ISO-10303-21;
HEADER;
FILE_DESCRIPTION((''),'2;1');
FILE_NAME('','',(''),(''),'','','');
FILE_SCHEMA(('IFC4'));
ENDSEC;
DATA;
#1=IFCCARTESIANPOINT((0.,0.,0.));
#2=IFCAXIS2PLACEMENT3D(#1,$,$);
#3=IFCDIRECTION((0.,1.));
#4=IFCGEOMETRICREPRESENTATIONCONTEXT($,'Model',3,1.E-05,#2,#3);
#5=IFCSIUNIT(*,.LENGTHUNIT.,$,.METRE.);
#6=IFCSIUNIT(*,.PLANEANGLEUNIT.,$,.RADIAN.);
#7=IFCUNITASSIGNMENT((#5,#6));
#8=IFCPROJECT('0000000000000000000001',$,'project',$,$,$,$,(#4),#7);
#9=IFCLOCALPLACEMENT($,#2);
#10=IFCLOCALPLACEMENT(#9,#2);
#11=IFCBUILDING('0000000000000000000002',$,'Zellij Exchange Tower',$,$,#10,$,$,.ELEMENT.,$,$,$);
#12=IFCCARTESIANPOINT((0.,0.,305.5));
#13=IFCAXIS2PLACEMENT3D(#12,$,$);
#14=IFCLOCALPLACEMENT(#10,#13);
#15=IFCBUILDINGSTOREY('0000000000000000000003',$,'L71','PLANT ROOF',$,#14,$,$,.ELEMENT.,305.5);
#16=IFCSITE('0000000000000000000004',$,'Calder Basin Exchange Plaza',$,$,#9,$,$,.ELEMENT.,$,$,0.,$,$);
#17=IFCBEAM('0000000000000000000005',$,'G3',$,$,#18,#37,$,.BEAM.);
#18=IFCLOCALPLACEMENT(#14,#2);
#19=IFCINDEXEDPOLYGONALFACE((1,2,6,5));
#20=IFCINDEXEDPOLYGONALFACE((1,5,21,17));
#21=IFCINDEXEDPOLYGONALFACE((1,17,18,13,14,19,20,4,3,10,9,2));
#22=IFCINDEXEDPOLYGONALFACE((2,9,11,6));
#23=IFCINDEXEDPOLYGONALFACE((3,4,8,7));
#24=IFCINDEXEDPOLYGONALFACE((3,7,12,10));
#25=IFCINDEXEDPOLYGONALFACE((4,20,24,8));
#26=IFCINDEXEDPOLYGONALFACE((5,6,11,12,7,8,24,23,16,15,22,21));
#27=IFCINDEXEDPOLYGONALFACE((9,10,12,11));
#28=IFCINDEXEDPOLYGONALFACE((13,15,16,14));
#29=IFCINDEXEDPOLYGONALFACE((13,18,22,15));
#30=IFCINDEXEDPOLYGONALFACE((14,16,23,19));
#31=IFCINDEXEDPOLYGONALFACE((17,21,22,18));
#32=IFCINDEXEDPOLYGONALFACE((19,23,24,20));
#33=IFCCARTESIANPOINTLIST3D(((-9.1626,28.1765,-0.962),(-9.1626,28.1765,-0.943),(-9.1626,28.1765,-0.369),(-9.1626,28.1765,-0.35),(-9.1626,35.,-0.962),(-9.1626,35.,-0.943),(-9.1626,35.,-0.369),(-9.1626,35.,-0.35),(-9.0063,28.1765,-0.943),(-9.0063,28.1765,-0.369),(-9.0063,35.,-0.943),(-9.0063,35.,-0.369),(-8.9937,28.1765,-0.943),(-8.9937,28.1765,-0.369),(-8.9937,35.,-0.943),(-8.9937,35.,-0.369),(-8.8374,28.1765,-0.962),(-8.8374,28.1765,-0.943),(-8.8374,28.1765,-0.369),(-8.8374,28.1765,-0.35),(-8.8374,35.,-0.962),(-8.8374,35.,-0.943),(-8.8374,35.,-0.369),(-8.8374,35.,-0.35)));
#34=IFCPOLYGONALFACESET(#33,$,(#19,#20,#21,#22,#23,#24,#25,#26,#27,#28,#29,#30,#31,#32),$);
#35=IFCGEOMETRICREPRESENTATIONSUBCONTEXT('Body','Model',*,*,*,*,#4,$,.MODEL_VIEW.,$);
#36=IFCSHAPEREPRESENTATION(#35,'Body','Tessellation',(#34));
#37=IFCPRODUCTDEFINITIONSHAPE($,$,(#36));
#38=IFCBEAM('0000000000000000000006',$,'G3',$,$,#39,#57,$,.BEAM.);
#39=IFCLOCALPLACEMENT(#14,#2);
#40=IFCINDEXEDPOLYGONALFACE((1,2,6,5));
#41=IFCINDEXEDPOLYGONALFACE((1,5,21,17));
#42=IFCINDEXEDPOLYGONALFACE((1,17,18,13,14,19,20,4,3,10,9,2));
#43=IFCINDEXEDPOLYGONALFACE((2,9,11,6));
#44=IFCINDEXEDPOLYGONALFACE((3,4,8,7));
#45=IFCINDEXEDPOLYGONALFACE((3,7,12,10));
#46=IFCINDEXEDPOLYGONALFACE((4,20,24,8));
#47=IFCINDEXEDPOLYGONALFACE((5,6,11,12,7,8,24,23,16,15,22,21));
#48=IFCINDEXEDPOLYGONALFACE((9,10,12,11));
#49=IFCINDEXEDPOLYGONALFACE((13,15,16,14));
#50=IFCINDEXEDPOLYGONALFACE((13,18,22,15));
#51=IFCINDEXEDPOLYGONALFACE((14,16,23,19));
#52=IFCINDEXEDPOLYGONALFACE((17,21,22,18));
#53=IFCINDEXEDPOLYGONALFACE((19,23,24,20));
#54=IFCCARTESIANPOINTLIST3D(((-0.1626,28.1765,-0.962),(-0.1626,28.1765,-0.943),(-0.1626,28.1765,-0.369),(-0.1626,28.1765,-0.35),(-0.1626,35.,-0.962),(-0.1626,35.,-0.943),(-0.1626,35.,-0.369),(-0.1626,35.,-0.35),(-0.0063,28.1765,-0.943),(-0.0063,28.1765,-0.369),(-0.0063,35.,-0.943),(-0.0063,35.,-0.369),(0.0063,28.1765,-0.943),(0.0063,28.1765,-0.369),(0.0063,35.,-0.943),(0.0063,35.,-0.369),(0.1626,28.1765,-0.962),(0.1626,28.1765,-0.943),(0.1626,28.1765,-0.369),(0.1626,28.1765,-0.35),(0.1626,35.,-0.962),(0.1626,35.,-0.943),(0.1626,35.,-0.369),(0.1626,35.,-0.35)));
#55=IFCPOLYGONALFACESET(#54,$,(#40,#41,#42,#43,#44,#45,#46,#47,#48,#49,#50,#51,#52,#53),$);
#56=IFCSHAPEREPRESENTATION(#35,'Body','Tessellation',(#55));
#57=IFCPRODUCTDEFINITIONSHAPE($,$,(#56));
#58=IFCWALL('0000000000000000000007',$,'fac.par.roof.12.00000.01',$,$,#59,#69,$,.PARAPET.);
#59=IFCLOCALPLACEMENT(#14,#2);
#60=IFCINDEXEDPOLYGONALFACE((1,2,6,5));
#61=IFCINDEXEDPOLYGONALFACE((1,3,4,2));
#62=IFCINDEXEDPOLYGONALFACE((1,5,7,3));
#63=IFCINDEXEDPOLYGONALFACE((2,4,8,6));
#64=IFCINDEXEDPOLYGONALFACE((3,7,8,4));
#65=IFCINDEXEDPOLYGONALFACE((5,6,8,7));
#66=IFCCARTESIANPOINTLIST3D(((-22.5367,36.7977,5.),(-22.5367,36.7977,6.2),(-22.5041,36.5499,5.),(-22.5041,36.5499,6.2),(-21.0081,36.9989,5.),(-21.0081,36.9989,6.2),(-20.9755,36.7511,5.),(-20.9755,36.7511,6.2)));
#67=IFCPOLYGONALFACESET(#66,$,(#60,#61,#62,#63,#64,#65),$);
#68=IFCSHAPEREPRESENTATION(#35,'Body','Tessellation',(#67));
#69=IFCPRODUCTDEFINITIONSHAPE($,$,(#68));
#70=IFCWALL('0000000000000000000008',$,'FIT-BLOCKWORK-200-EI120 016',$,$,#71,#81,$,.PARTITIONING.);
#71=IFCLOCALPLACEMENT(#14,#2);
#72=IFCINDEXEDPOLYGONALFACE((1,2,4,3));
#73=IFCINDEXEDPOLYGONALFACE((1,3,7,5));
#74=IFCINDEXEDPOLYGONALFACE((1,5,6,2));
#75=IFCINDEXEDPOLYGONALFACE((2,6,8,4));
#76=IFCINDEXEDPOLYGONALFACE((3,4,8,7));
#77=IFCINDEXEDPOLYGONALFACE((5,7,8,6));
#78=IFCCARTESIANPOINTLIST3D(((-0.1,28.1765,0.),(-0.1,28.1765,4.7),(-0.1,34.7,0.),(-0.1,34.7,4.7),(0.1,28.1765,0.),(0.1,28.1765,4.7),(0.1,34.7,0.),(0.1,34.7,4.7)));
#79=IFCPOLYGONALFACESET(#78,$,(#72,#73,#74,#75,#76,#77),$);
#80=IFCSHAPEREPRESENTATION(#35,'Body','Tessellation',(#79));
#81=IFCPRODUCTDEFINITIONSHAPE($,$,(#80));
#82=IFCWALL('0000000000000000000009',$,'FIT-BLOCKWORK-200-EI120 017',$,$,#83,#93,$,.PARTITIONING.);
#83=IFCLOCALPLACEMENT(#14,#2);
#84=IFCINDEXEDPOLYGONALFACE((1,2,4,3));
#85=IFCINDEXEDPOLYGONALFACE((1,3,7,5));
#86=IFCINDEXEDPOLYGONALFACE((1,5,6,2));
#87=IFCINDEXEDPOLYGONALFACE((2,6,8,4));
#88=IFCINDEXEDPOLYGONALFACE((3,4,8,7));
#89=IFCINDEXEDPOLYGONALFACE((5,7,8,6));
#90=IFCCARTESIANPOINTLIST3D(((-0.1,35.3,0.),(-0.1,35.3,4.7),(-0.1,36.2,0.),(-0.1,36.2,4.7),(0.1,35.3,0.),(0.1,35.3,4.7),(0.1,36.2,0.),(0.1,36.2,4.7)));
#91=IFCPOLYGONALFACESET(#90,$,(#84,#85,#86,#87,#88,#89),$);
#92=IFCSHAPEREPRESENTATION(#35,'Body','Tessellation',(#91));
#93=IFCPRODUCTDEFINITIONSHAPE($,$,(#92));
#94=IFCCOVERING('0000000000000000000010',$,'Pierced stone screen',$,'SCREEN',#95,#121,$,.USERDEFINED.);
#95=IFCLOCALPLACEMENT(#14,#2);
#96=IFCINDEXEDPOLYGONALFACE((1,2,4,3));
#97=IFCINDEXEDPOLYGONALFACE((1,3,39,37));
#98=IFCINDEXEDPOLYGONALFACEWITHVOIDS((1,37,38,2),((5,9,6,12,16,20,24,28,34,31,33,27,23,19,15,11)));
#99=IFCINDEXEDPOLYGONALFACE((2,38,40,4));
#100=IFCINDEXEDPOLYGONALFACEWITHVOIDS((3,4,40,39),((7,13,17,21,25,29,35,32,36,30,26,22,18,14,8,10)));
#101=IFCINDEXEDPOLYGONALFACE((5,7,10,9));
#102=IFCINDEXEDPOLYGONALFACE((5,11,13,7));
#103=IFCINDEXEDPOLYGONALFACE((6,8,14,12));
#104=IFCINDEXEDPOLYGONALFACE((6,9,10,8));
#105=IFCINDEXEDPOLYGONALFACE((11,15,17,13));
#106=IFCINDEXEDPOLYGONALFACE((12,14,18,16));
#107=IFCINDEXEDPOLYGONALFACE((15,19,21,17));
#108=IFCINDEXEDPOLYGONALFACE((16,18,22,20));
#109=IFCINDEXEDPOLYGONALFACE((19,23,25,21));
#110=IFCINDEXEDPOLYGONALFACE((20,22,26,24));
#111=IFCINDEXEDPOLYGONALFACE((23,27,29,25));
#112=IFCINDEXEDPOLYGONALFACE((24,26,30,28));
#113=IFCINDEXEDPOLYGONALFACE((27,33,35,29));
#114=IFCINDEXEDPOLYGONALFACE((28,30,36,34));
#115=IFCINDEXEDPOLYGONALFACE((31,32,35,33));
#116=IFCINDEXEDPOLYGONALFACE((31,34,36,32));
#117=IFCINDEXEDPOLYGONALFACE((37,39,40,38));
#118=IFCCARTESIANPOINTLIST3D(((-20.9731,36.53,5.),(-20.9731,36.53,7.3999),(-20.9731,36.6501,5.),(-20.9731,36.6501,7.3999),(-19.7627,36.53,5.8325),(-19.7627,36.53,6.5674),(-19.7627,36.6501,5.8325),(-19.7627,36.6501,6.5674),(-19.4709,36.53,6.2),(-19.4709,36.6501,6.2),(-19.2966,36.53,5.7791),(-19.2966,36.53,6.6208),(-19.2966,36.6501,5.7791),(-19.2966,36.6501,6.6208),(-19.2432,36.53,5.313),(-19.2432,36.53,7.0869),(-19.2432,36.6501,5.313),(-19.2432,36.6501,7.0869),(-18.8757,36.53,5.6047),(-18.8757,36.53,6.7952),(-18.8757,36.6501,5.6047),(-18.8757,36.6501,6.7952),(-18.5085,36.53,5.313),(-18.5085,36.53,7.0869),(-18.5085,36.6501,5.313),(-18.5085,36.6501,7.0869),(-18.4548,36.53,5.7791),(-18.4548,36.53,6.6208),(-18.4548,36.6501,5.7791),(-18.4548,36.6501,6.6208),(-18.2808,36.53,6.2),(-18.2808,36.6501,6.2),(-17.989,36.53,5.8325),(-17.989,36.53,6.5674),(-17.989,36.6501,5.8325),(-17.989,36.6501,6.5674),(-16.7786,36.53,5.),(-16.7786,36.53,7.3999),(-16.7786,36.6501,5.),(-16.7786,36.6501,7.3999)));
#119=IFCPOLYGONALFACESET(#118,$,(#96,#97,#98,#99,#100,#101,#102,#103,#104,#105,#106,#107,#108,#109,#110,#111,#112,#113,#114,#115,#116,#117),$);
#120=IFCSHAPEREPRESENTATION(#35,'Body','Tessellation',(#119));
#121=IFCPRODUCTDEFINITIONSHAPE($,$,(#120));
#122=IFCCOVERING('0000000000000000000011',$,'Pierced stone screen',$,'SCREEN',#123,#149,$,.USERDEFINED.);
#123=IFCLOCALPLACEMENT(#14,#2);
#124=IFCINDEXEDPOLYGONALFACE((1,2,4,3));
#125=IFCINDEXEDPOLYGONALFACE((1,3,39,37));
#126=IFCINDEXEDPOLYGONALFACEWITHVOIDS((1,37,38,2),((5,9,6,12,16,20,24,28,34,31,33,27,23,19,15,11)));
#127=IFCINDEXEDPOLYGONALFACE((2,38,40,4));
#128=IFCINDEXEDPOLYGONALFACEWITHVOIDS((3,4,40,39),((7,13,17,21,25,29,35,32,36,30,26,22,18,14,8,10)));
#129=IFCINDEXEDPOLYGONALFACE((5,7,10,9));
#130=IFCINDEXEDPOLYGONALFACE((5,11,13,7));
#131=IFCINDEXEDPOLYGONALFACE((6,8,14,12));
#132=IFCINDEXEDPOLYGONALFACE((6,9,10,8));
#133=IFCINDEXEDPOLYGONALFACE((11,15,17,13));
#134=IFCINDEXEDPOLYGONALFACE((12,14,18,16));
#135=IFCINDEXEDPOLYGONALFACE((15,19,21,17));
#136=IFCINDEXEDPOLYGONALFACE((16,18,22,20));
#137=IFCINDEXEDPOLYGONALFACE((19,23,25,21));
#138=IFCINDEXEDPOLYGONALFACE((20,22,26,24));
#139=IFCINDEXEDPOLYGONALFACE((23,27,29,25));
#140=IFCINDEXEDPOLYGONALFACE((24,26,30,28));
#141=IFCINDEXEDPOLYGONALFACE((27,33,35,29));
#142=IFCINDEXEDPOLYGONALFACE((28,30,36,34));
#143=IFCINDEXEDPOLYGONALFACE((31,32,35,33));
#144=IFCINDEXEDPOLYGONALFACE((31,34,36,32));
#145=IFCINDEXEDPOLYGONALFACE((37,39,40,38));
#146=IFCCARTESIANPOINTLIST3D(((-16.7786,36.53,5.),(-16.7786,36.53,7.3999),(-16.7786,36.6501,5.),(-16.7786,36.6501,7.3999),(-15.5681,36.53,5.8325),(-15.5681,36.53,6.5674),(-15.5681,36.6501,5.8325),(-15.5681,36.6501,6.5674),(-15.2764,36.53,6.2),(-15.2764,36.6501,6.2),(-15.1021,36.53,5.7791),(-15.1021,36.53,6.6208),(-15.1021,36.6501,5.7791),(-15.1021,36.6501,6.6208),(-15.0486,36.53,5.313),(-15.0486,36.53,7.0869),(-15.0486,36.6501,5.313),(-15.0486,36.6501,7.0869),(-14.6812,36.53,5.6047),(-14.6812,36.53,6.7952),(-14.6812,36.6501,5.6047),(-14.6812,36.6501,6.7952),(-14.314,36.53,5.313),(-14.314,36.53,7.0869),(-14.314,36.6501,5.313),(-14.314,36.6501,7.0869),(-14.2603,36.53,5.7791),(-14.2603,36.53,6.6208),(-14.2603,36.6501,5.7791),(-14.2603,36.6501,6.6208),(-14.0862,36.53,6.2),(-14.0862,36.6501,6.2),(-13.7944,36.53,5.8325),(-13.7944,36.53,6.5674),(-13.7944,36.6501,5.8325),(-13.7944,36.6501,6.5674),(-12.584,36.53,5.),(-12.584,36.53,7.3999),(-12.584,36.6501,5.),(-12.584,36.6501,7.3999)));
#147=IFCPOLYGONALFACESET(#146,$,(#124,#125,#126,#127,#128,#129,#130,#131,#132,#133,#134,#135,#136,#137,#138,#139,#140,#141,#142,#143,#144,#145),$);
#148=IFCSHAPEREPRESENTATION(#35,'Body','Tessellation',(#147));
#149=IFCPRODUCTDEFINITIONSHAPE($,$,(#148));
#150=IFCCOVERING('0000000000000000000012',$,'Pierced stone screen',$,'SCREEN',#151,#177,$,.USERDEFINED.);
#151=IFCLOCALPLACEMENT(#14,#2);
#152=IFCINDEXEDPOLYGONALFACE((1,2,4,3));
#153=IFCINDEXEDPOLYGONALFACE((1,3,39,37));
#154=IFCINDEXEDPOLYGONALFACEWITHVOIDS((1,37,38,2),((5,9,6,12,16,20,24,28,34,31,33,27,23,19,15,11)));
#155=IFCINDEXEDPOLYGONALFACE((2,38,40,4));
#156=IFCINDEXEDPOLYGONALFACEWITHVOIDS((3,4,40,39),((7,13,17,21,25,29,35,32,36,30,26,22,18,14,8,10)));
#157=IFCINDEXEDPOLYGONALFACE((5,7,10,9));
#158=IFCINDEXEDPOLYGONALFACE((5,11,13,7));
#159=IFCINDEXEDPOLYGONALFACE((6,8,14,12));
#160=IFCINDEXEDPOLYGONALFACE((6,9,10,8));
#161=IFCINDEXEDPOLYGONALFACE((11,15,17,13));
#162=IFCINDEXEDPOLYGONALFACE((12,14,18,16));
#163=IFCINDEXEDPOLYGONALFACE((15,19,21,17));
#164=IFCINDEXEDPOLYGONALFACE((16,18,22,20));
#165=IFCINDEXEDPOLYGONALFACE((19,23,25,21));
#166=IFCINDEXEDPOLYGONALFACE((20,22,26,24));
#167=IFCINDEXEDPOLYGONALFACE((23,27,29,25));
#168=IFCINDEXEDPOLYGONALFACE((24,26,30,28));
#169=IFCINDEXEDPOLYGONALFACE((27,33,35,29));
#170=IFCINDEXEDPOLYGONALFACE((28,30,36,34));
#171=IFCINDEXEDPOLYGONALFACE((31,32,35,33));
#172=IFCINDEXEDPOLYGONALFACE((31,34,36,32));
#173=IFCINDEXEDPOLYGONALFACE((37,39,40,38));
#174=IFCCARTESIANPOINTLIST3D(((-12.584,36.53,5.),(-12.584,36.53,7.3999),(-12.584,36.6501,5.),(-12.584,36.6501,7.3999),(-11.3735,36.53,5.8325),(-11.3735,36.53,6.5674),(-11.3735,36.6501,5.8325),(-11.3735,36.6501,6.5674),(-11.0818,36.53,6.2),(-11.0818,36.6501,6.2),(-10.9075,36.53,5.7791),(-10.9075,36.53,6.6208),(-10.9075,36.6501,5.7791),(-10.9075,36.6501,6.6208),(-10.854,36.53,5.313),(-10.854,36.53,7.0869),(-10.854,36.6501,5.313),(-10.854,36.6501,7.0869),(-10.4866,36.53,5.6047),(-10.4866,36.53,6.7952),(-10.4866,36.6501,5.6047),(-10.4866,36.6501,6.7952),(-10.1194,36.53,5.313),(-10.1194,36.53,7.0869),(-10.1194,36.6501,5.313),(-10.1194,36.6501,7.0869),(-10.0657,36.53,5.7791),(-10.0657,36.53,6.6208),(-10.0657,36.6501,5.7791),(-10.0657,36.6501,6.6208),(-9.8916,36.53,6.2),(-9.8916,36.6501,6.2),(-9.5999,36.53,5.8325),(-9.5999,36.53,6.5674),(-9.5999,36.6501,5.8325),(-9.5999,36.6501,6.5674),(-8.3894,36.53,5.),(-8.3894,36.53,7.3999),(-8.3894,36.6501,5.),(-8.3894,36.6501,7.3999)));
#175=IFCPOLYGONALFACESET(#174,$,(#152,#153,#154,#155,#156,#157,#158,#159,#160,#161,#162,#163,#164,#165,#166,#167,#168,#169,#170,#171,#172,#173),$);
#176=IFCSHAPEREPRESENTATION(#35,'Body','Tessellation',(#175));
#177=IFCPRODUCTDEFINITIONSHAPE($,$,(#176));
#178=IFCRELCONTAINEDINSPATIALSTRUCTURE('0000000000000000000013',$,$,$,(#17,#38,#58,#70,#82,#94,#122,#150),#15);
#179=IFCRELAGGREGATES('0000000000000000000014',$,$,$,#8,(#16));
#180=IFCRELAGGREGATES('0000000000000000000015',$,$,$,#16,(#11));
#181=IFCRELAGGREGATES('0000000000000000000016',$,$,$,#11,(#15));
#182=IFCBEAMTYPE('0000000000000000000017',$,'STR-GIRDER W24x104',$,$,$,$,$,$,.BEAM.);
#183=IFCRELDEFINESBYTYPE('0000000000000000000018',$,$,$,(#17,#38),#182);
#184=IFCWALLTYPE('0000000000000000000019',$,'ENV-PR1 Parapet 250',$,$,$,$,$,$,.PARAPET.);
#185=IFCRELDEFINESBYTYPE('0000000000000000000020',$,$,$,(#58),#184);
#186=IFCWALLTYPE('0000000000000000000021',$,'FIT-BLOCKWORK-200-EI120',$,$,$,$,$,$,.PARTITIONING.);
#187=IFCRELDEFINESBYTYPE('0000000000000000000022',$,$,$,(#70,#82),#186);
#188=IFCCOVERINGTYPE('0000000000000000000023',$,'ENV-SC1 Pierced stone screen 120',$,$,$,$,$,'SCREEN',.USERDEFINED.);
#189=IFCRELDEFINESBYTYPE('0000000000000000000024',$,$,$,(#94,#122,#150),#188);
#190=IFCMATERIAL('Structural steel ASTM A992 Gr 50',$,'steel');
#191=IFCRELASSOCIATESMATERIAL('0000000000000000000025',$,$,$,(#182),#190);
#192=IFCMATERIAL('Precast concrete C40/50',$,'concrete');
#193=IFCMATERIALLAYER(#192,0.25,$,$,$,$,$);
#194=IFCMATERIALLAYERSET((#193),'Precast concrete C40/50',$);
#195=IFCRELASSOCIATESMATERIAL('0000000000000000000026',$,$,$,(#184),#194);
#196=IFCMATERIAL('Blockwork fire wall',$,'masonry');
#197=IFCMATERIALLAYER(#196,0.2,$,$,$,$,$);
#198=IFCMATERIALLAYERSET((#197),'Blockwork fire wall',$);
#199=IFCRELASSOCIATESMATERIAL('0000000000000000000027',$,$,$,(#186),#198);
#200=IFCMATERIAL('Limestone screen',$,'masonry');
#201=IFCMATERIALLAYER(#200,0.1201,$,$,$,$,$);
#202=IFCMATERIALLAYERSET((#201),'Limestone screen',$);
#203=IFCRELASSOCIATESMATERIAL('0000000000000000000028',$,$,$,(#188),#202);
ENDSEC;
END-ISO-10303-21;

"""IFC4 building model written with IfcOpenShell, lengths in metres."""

from ifc_helpers import new_model, si_unit, direction, frame, frame_2d, origin, origin_2d, place, context, subcontext, project, spatial, polyline, rectangle, i_section, outline, extrude, material, layer, layer_set, material_profile, profile_set, type_object, element, save


model = new_model("IFC4")

# Units and contexts
model_context = context("Model", 3, precision=1e-05, world=origin(), true_north=direction((0.0, 1.0)))
body_context = subcontext(model_context, "Body", "Model", "MODEL_VIEW")
ifc_project = project(units=[si_unit("LENGTHUNIT", "METRE"), si_unit("PLANEANGLEUNIT", "RADIAN")], contexts=[model_context])

# Site, building, storey
site_placement = place(None, origin())
site = spatial("IfcSite", under=ifc_project, at=site_placement, Name="Calder Basin Exchange Plaza", CompositionType="ELEMENT", RefElevation=0.0)
building_placement = place(site_placement, origin())
building = spatial("IfcBuilding", under=site, at=building_placement, Name="Zellij Exchange Tower", CompositionType="ELEMENT")
storey_placement = place(building_placement, frame((0.0, 0.0, 305.5)))
storey = spatial("IfcBuildingStorey", under=building, at=storey_placement, Name="L71", Description="PLANT ROOF", CompositionType="ELEMENT", Elevation=305.5)

# Shared definitions
ifc_material_1 = material(Name="Structural steel ASTM A992 Gr 50", Category="steel")

# Beams
ifc_material_profile_1 = material_profile(ifc_material_1, i_section(OverallWidth=0.3252, OverallDepth=0.6121, WebThickness=0.0127, FlangeThickness=0.019, at=origin_2d()), Name="W24x104")
ifc_profile_set_1 = profile_set([ifc_material_profile_1], Name="Structural steel ASTM A992 Gr 50")
beam_type = type_object("IfcBeamType", Name="STR-GIRDER W24x104", PredefinedType="BEAM", material=ifc_profile_set_1)
for number, where, z_axis, x_axis, name in (
    (1, (-9.0, 28.1765, -0.656), (0.0, 1.0, 0.0), (-1.0, 0.0, 0.0), "G3"),
    (2, (0.0, 28.1765, -0.656), (0.0, 1.0, 0.0), (-1.0, 0.0, 0.0), "G3"),
):
    element("IfcBeam", number, at=place(storey_placement, frame(where, z_axis=z_axis, x_axis=x_axis)), inside=storey, type_object=beam_type, Name=name, PredefinedType="BEAM", context=body_context, shape_type="SweptSolid", body=[
        extrude(i_section(OverallWidth=0.3252, OverallDepth=0.6121, WebThickness=0.0127, FlangeThickness=0.019, at=origin_2d()), origin(), (0.0, 0.0, 1.0), 6.8235),
    ])

# Walls
ifc_material_2 = material(Name="Precast concrete C40/50", Category="concrete")
ifc_layer_1 = layer(ifc_material_2, 0.25)
ifc_layer_set_1 = layer_set([ifc_layer_1], Name="Precast concrete C40/50")
wall_type_1 = type_object("IfcWallType", Name="ENV-PR1 Parapet 250", PredefinedType="PARAPET", material=ifc_layer_set_1)
wall_1_placement = place(storey_placement, frame((-20.9917, 36.875, 5.0), z_axis=(0.0, 0.0, 1.0), x_axis=(-0.991451, -0.130483, 0.0)))
element("IfcWall", 3, at=wall_1_placement, inside=storey, type_object=wall_type_1, Name="fac.par.roof.12.00000.01", PredefinedType="PARAPET", context=body_context, shape_type="SweptSolid", body=[
    extrude(rectangle(XDim=1.5417, YDim=0.25, at=frame_2d((0.771, 0.0))), origin(), (0.0, 0.0, 1.0), 1.2),
])
ifc_material_3 = material(Name="Blockwork fire wall", Category="masonry")
ifc_layer_2 = layer(ifc_material_3, 0.2)
ifc_layer_set_2 = layer_set([ifc_layer_2], Name="Blockwork fire wall")
wall_type_2 = type_object("IfcWallType", Name="FIT-BLOCKWORK-200-EI120", PredefinedType="PARTITIONING", material=ifc_layer_set_2)
wall_2_placement = place(storey_placement, frame((0.0, 28.1765, 0.0), z_axis=(0.0, 0.0, 1.0), x_axis=(0.0, 1.0, 0.0)))
element("IfcWall", 4, at=wall_2_placement, inside=storey, type_object=wall_type_2, Name="FIT-BLOCKWORK-200-EI120 016", PredefinedType="PARTITIONING", context=body_context, shape_type="SweptSolid", body=[
    extrude(rectangle(XDim=6.5234, YDim=0.2, at=frame_2d((3.2617, 0.0))), origin(), (0.0, 0.0, 1.0), 4.7),
])
wall_3_placement = place(storey_placement, frame((0.0, 35.3, 0.0), z_axis=(0.0, 0.0, 1.0), x_axis=(0.0, 1.0, 0.0)))
element("IfcWall", 5, at=wall_3_placement, inside=storey, type_object=wall_type_2, Name="FIT-BLOCKWORK-200-EI120 017", PredefinedType="PARTITIONING", context=body_context, shape_type="SweptSolid", body=[
    extrude(rectangle(XDim=0.8999, YDim=0.2, at=frame_2d((0.45, 0.0))), origin(), (0.0, 0.0, 1.0), 4.7),
])

# Coverings
ifc_material_4 = material(Name="Limestone screen", Category="masonry")
ifc_layer_3 = layer(ifc_material_4, 0.1201)
ifc_layer_set_3 = layer_set([ifc_layer_3], Name="Limestone screen")
covering_type = type_object("IfcCoveringType", Name="ENV-SC1 Pierced stone screen 120", ElementType="SCREEN", PredefinedType="USERDEFINED", material=ifc_layer_set_3)
for number, where, z_axis, x_axis, name in (
    (6, (-20.9731, 36.5901, 5.0), (0.0, 0.0, 1.0), (1.0, 0.0, 0.0), "Pierced stone screen"),
    (7, (-16.7786, 36.5901, 5.0), (0.0, 0.0, 1.0), (1.0, 0.0, 0.0), "Pierced stone screen"),
    (8, (-12.584, 36.5901, 5.0), (0.0, 0.0, 1.0), (1.0, 0.0, 0.0), "Pierced stone screen"),
):
    element("IfcCovering", number, at=place(storey_placement, frame(where, z_axis=z_axis, x_axis=x_axis)), inside=storey, type_object=covering_type, Name=name, ObjectType="SCREEN", PredefinedType="USERDEFINED", context=body_context, shape_type="SweptSolid", body=[
        extrude(outline(polyline([(0.0, 0.0), (4.1946, 0.0), (4.1946, 2.3999), (0.0, 2.3999), (0.0, 0.0)]), holes=[polyline([(2.9841, 1.5674), (2.5183, 1.6208), (2.4646, 2.0869), (2.0974, 1.7952), (1.73, 2.0869), (1.6765, 1.6208), (1.2104, 1.5674), (1.5022, 1.2), (1.2104, 0.8325), (1.6765, 0.7791), (1.73, 0.313), (2.0974, 0.6047), (2.4646, 0.313), (2.5183, 0.7791), (2.9841, 0.8325), (2.6924, 1.2), (2.9841, 1.5674)])]), frame((0.0, 0.0601, 0.0), z_axis=(0.0, -1.0, 0.0), x_axis=(1.0, 0.0, 0.0)), (0.0, 0.0, 1.0), 0.1201),
    ])

save(model, "model.ifc")
